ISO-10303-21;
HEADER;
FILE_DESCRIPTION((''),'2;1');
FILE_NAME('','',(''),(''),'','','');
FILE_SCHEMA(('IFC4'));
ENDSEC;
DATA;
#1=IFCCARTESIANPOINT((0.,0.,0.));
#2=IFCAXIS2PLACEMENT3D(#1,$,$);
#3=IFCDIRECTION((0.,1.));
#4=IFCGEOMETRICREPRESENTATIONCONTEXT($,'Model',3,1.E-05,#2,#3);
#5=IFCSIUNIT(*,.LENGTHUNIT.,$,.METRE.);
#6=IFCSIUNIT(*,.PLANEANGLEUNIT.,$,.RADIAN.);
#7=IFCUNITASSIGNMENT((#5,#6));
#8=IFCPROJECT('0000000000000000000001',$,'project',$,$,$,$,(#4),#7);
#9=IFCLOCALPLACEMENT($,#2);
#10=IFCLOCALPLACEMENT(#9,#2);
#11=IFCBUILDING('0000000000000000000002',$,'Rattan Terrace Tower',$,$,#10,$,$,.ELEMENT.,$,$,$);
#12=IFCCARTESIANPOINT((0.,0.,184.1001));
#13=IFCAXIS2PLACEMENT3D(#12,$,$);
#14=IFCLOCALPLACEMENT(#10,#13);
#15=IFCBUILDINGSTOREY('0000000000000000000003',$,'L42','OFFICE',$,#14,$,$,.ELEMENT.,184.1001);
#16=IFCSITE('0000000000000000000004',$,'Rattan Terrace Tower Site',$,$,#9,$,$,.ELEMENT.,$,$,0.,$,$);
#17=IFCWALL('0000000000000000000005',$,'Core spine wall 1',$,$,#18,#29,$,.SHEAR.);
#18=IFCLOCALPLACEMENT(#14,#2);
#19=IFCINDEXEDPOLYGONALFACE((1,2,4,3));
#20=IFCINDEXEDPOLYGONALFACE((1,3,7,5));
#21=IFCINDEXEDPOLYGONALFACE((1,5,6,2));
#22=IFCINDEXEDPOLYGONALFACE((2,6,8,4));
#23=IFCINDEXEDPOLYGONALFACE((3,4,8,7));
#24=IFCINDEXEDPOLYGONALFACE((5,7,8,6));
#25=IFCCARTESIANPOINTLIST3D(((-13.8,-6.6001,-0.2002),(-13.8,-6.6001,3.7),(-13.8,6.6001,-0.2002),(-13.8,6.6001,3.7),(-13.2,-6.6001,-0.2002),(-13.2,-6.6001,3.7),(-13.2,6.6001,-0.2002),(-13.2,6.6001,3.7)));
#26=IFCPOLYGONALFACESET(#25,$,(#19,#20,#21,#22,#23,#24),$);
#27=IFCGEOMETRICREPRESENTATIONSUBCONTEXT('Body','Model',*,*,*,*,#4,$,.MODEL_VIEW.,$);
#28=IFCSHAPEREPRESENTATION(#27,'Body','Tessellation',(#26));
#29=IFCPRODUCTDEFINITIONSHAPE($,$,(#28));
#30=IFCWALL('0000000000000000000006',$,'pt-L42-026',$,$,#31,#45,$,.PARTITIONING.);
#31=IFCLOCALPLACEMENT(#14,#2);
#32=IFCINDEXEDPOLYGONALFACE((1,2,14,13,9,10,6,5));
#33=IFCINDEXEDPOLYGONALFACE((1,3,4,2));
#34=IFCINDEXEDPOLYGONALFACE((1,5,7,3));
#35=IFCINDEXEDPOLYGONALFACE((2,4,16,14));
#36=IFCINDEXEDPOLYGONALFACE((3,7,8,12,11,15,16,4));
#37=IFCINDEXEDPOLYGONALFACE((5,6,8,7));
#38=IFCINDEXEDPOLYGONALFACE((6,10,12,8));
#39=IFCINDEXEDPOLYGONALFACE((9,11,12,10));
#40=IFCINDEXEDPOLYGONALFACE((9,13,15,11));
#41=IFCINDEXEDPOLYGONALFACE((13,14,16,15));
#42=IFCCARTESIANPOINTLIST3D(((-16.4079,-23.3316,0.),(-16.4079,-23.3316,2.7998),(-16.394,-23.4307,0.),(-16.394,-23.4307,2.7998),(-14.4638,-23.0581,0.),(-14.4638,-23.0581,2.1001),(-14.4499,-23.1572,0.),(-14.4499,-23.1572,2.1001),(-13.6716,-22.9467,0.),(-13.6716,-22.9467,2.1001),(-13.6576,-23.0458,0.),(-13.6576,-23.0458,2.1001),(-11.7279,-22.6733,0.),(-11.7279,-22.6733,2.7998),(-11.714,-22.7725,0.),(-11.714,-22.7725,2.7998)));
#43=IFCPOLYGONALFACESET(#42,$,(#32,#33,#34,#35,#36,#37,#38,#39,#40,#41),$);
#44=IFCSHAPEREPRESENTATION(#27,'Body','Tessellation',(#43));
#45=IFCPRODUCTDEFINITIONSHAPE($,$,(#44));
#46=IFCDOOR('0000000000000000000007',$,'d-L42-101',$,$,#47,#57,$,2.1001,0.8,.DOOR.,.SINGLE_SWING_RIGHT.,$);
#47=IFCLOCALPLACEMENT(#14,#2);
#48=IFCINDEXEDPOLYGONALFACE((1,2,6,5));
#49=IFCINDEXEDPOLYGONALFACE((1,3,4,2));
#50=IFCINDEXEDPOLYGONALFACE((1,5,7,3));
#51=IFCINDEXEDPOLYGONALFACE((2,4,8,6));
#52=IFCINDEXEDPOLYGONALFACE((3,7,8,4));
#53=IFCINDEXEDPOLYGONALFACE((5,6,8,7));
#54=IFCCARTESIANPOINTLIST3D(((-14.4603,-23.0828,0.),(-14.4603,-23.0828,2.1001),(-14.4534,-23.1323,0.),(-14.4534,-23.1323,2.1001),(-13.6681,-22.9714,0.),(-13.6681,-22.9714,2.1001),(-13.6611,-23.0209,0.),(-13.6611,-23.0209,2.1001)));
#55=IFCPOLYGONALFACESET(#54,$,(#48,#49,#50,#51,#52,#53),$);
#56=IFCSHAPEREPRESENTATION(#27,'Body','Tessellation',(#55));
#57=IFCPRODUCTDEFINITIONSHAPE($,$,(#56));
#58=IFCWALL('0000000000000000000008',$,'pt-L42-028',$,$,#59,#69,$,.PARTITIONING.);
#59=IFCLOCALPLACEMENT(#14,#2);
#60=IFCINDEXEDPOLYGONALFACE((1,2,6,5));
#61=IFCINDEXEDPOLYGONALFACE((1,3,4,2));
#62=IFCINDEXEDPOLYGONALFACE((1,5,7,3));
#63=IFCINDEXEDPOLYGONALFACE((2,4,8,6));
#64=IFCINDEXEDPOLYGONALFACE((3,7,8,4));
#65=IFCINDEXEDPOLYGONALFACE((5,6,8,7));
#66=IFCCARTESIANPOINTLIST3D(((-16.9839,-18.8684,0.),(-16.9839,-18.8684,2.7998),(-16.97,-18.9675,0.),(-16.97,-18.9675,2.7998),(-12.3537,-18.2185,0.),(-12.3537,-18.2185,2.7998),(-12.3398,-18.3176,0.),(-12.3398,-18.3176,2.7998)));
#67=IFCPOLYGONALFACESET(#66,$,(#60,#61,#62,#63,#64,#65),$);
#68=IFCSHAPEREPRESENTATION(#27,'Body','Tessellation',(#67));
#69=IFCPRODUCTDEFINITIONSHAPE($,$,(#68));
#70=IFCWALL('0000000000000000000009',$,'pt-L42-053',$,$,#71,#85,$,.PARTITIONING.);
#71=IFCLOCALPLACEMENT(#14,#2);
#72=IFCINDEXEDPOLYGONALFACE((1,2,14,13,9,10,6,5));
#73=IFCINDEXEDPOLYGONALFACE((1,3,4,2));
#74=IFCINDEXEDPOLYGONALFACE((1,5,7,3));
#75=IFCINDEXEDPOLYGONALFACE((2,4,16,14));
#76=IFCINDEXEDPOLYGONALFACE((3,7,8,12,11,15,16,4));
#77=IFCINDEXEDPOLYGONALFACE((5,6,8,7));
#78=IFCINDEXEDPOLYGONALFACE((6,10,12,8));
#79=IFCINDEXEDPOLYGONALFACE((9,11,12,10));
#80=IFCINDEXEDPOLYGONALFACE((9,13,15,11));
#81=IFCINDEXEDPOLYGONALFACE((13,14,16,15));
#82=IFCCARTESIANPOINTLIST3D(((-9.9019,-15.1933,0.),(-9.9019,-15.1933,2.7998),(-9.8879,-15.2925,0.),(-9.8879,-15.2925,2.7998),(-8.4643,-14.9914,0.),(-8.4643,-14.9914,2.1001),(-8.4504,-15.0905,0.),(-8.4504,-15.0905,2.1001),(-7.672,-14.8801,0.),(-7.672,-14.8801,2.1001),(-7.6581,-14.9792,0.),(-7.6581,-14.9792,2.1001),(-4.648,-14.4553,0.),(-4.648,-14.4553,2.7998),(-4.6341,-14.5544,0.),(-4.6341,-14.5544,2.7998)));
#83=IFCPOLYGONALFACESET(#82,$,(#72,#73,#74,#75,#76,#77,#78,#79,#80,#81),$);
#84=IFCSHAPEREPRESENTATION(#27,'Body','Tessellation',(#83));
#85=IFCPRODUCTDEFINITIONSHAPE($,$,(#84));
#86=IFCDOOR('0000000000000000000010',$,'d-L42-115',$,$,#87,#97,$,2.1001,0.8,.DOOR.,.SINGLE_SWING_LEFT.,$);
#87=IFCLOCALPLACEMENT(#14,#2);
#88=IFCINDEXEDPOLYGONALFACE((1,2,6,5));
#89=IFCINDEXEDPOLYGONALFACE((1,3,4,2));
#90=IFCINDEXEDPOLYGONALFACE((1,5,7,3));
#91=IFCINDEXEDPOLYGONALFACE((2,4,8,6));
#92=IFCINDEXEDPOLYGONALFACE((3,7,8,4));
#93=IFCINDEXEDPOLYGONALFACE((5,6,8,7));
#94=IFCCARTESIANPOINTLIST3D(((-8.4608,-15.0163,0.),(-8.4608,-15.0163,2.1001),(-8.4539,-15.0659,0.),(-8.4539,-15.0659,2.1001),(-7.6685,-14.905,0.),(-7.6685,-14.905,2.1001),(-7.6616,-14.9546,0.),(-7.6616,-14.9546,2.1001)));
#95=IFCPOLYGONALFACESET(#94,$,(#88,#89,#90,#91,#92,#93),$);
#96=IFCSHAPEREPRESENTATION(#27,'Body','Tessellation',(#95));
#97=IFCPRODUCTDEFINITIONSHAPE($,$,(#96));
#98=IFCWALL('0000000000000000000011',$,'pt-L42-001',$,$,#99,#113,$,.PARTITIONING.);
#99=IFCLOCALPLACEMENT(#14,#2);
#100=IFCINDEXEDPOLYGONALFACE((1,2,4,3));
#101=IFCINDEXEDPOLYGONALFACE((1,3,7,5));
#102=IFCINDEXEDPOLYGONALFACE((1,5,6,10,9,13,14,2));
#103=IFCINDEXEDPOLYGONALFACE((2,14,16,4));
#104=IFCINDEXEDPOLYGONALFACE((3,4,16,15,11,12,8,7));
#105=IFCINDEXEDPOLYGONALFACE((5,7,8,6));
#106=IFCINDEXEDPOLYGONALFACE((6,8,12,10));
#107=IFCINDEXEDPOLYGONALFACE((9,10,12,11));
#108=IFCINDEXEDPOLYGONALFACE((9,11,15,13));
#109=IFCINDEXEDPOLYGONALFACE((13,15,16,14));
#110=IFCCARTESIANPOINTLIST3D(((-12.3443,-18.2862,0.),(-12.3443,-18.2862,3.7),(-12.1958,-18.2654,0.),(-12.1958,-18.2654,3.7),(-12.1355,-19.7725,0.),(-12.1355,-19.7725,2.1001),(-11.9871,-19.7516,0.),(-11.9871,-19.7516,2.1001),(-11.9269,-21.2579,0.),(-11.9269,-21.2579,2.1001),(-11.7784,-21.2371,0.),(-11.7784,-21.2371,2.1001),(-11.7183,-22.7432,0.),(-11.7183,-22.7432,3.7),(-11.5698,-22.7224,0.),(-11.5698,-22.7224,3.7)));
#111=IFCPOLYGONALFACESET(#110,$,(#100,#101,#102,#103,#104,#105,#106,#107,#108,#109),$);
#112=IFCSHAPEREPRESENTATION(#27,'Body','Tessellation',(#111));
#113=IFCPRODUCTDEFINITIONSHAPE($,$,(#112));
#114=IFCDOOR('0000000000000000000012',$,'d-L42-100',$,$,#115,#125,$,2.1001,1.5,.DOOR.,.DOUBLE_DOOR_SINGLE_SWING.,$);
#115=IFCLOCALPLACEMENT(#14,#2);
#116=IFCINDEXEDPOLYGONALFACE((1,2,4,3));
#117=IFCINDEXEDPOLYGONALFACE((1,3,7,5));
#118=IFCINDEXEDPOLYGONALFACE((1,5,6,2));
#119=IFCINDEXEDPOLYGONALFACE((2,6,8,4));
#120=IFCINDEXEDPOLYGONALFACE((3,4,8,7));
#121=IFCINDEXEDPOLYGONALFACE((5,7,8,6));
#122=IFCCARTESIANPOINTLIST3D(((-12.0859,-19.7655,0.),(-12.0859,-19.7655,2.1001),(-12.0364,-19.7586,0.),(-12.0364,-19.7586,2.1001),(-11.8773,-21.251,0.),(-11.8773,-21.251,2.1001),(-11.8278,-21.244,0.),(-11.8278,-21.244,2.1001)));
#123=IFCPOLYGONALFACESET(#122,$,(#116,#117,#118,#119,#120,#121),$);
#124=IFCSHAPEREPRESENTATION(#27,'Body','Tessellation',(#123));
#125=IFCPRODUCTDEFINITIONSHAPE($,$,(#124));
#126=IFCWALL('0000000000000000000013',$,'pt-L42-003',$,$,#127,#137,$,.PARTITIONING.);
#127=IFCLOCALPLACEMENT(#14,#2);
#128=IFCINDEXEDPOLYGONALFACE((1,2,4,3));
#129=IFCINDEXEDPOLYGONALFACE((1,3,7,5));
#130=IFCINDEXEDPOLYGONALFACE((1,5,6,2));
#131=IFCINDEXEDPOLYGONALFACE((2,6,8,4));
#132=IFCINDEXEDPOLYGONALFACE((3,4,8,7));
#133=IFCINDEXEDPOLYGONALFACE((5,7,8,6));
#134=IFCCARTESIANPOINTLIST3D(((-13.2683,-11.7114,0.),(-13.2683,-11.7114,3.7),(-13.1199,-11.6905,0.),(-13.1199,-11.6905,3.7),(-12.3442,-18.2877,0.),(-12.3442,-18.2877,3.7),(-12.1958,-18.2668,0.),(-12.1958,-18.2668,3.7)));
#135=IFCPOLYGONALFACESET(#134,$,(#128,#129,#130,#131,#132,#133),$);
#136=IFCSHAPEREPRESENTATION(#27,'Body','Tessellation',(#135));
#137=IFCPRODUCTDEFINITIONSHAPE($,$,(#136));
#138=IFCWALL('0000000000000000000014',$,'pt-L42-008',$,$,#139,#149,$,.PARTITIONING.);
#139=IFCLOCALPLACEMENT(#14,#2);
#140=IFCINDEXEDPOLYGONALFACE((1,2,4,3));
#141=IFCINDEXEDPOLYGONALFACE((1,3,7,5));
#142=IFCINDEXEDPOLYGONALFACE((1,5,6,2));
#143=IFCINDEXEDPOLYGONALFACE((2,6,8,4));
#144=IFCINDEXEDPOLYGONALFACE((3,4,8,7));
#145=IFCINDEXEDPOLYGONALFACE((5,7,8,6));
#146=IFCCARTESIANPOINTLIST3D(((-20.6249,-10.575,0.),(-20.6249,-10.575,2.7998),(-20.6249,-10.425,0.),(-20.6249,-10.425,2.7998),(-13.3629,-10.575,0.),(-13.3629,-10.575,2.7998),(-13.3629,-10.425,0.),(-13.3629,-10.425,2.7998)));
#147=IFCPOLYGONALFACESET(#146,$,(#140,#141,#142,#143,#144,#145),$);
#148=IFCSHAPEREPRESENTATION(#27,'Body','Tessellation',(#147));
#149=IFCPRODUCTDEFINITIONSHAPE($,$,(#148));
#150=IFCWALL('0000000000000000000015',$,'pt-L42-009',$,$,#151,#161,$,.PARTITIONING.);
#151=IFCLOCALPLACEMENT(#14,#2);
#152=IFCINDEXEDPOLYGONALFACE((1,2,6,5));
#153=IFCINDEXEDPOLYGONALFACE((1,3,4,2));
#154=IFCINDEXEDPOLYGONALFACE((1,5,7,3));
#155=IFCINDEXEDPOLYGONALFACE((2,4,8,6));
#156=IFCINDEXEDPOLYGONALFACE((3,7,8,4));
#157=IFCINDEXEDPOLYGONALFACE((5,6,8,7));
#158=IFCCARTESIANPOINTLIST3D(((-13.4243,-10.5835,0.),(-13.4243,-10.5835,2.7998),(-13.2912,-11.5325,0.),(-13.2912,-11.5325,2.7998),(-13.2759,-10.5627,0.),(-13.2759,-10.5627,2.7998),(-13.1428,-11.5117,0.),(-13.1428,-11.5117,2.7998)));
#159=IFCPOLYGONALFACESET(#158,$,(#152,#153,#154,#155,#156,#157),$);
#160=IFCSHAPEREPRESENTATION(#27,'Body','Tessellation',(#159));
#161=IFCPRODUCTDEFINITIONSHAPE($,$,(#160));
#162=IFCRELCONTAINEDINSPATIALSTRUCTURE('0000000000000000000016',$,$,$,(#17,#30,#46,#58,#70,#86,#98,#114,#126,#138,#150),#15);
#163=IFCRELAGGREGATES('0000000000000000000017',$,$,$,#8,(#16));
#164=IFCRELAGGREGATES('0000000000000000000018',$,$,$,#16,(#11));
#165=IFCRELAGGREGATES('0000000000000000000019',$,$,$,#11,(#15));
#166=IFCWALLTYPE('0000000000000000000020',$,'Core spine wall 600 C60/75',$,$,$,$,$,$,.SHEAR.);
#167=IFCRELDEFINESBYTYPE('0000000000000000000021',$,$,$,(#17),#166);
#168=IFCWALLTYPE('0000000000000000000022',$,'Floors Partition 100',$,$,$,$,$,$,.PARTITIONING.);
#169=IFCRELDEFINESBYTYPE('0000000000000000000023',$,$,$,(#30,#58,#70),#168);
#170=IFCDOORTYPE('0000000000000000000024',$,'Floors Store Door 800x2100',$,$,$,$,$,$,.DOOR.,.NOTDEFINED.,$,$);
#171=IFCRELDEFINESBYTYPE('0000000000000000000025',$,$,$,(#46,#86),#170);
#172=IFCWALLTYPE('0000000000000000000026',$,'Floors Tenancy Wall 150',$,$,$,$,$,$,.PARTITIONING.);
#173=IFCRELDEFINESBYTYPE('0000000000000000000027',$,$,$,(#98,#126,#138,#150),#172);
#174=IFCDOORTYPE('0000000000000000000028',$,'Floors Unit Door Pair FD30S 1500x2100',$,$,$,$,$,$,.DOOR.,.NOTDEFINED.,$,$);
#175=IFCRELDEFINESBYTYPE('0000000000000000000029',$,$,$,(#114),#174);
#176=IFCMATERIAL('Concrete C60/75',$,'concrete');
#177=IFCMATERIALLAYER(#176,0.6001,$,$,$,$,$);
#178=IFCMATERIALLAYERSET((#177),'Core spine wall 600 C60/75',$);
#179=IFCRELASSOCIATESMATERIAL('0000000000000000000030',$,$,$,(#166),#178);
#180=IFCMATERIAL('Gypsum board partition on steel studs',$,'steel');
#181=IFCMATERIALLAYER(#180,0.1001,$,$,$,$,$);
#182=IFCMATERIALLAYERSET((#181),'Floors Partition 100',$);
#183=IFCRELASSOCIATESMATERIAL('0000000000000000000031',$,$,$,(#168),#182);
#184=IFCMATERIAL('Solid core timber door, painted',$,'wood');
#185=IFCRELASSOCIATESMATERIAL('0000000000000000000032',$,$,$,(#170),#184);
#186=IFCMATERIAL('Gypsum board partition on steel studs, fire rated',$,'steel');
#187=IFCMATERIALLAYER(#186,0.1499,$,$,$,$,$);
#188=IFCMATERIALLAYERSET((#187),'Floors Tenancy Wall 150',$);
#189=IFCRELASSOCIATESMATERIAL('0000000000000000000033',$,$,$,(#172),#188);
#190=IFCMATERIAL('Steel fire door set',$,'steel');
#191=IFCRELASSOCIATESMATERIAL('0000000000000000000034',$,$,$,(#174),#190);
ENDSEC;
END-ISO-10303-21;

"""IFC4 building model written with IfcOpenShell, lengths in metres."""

from ifc_helpers import new_model, si_unit, direction, frame, frame_2d, origin, place, context, subcontext, project, spatial, rectangle, extrude, material, layer, layer_set, type_object, element, fill, save


model = new_model("IFC4")

# Units and contexts
model_context = context("Model", 3, precision=1e-05, world=origin(), true_north=direction((0.0, 1.0)))
body_context = subcontext(model_context, "Body", "Model", "MODEL_VIEW")
ifc_project = project(units=[si_unit("LENGTHUNIT", "METRE"), si_unit("PLANEANGLEUNIT", "RADIAN")], contexts=[model_context])

# Site, building, storey
site_placement = place(None, origin())
site = spatial("IfcSite", under=ifc_project, at=site_placement, Name="Rattan Terrace Tower Site", CompositionType="ELEMENT", RefElevation=0.0)
building_placement = place(site_placement, origin())
building = spatial("IfcBuilding", under=site, at=building_placement, Name="Rattan Terrace Tower", CompositionType="ELEMENT")
storey_placement = place(building_placement, frame((0.0, 0.0, 184.1001)))
storey = spatial("IfcBuildingStorey", under=building, at=storey_placement, Name="L42", Description="OFFICE", CompositionType="ELEMENT", Elevation=184.1001)

# Wall
ifc_material_1 = material(Name="Concrete C60/75", Category="concrete")
ifc_layer_1 = layer(ifc_material_1, 0.6001)
ifc_layer_set_1 = layer_set([ifc_layer_1], Name="Core spine wall 600 C60/75")
wall_type_1 = type_object("IfcWallType", Name="Core spine wall 600 C60/75", PredefinedType="SHEAR", material=ifc_layer_set_1)
wall_1_placement = place(storey_placement, frame((-13.5, -6.6001, -0.2002), z_axis=(0.0, 0.0, 1.0), x_axis=(0.0, 1.0, 0.0)))
element("IfcWall", 1, at=wall_1_placement, inside=storey, type_object=wall_type_1, Name="Core spine wall 1", PredefinedType="SHEAR", context=body_context, shape_type="SweptSolid", body=[
    extrude(rectangle(XDim=13.2002, YDim=0.6001, at=frame_2d((6.6001, 0.0))), origin(), (0.0, 0.0, 1.0), 3.9001),
])

# Wall, opening, door
ifc_material_2 = material(Name="Gypsum board partition on steel studs", Category="steel")
ifc_layer_2 = layer(ifc_material_2, 0.1001)
ifc_layer_set_2 = layer_set([ifc_layer_2], Name="Floors Partition 100")
wall_type_2 = type_object("IfcWallType", Name="Floors Partition 100", PredefinedType="PARTITIONING", material=ifc_layer_set_2)
wall_2_placement = place(storey_placement, frame((-11.7209, -22.7229, 0.0), z_axis=(0.0, 0.0, 1.0), x_axis=(-0.990254, -0.139273, 0.0)))
wall_2 = element("IfcWall", 2, at=wall_2_placement, inside=storey, type_object=wall_type_2, Name="pt-L42-026", PredefinedType="PARTITIONING", context=body_context, shape_type="SweptSolid", body=[
    extrude(rectangle(XDim=4.7261, YDim=0.1001, at=frame_2d((2.363, 0.0))), origin(), (0.0, 0.0, 1.0), 2.7998),
])
opening_1_placement = place(wall_2_placement, frame((1.9629, 0.0, 0.0)))
opening_1 = element("IfcOpeningElement", 3, at=opening_1_placement, cuts=wall_2, PredefinedType="OPENING", context=body_context, shape_type="SweptSolid", body=[
    extrude(rectangle(XDim=0.8, YDim=2.1001, at=frame_2d((0.3999, 1.05))), frame((0.0, 0.0605, 0.0), z_axis=(0.0, -1.0, 0.0), x_axis=(1.0, 0.0, 0.0)), (0.0, 0.0, 1.0), 0.1211),
])
ifc_material_3 = material(Name="Solid core timber door, painted", Category="wood")
door_type_1 = type_object("IfcDoorType", Name="Floors Store Door 800x2100", OperationType="NOTDEFINED", PredefinedType="DOOR", material=ifc_material_3)
door_1_placement = place(opening_1_placement, origin())
door_1 = element("IfcDoor", 4, at=door_1_placement, inside=storey, type_object=door_type_1, Name="d-L42-101", OperationType="SINGLE_SWING_RIGHT", OverallHeight=2.1001, OverallWidth=0.8, PredefinedType="DOOR", context=body_context, shape_type="SweptSolid", body=[
    extrude(rectangle(XDim=0.8, YDim=2.1001, at=frame_2d((0.3999, 1.05))), frame((0.0, 0.0249, 0.0), z_axis=(0.0, -1.0, 0.0), x_axis=(1.0, 0.0, 0.0)), (0.0, 0.0, 1.0), 0.05),
])
fill(opening_1, door_1)

# Wall
wall_3_placement = place(storey_placement, frame((-16.9771, -18.918, 0.0), z_axis=(0.0, 0.0, 1.0), x_axis=(0.990292, 0.139001, 0.0)))
element("IfcWall", 5, at=wall_3_placement, inside=storey, type_object=wall_type_2, Name="pt-L42-028", PredefinedType="PARTITIONING", context=body_context, shape_type="SweptSolid", body=[
    extrude(rectangle(XDim=4.6755, YDim=0.1001, at=frame_2d((2.3379, 0.0))), origin(), (0.0, 0.0, 1.0), 2.7998),
])

# Walls, openings, doors
wall_4_placement = place(storey_placement, frame((-9.895, -15.2429, 0.0), z_axis=(0.0, 0.0, 1.0), x_axis=(0.990277, 0.139108, 0.0)))
wall_4 = element("IfcWall", 6, at=wall_4_placement, inside=storey, type_object=wall_type_2, Name="pt-L42-053", PredefinedType="PARTITIONING", context=body_context, shape_type="SweptSolid", body=[
    extrude(rectangle(XDim=5.3054, YDim=0.1001, at=frame_2d((2.6528, 0.0))), origin(), (0.0, 0.0, 1.0), 2.7998),
])
opening_2_placement = place(wall_4_placement, frame((1.4519, 0.0, 0.0)))
opening_2 = element("IfcOpeningElement", 7, at=opening_2_placement, cuts=wall_4, PredefinedType="OPENING", context=body_context, shape_type="SweptSolid", body=[
    extrude(rectangle(XDim=0.8, YDim=2.1001, at=frame_2d((0.3999, 1.05))), frame((0.0, 0.0605, 0.0), z_axis=(0.0, -1.0, 0.0), x_axis=(1.0, 0.0, 0.0)), (0.0, 0.0, 1.0), 0.1211),
])
door_2_placement = place(opening_2_placement, origin())
door_2 = element("IfcDoor", 8, at=door_2_placement, inside=storey, type_object=door_type_1, Name="d-L42-115", OperationType="SINGLE_SWING_LEFT", OverallHeight=2.1001, OverallWidth=0.8, PredefinedType="DOOR", context=body_context, shape_type="SweptSolid", body=[
    extrude(rectangle(XDim=0.8, YDim=2.1001, at=frame_2d((0.3999, 1.05))), frame((0.0, 0.0249, 0.0), z_axis=(0.0, -1.0, 0.0), x_axis=(1.0, 0.0, 0.0)), (0.0, 0.0, 1.0), 0.05),
])
fill(opening_2, door_2)
ifc_material_4 = material(Name="Gypsum board partition on steel studs, fire rated", Category="steel")
ifc_layer_3 = layer(ifc_material_4, 0.1499)
ifc_layer_set_3 = layer_set([ifc_layer_3], Name="Floors Tenancy Wall 150")
wall_type_3 = type_object("IfcWallType", Name="Floors Tenancy Wall 150", PredefinedType="PARTITIONING", material=ifc_layer_set_3)
wall_5_placement = place(storey_placement, frame((-11.644, -22.7329, 0.0), z_axis=(0.0, 0.0, 1.0), x_axis=(-0.139082, 0.990281, 0.0)))
wall_5 = element("IfcWall", 9, at=wall_5_placement, inside=storey, type_object=wall_type_3, Name="pt-L42-001", PredefinedType="PARTITIONING", context=body_context, shape_type="SweptSolid", body=[
    extrude(rectangle(XDim=4.5007, YDim=0.1499, at=frame_2d((2.2505, 0.0))), origin(), (0.0, 0.0, 1.0), 3.7),
])
opening_3_placement = place(wall_5_placement, frame((1.5, 0.0, 0.0)))
opening_3 = element("IfcOpeningElement", 10, at=opening_3_placement, cuts=wall_5, PredefinedType="OPENING", context=body_context, shape_type="SweptSolid", body=[
    extrude(rectangle(XDim=1.5, YDim=2.1001, at=frame_2d((0.75, 1.05))), frame((0.0, 0.0854, 0.0), z_axis=(0.0, -1.0, 0.0), x_axis=(1.0, 0.0, 0.0)), (0.0, 0.0, 1.0), 0.1709),
])
ifc_material_5 = material(Name="Steel fire door set", Category="steel")
door_type_2 = type_object("IfcDoorType", Name="Floors Unit Door Pair FD30S 1500x2100", OperationType="NOTDEFINED", PredefinedType="DOOR", material=ifc_material_5)
door_3_placement = place(opening_3_placement, origin())
door_3 = element("IfcDoor", 11, at=door_3_placement, inside=storey, type_object=door_type_2, Name="d-L42-100", OperationType="DOUBLE_DOOR_SINGLE_SWING", OverallHeight=2.1001, OverallWidth=1.5, PredefinedType="DOOR", context=body_context, shape_type="SweptSolid", body=[
    extrude(rectangle(XDim=1.5, YDim=2.1001, at=frame_2d((0.75, 1.05))), frame((0.0, 0.0249, 0.0), z_axis=(0.0, -1.0, 0.0), x_axis=(1.0, 0.0, 0.0)), (0.0, 0.0, 1.0), 0.05),
])
fill(opening_3, door_3)

# Walls
wall_6_placement = place(storey_placement, frame((-12.27, -18.2771, 0.0), z_axis=(0.0, 0.0, 1.0), x_axis=(-0.139151, 0.990271, 0.0)))
element("IfcWall", 12, at=wall_6_placement, inside=storey, type_object=wall_type_3, Name="pt-L42-003", PredefinedType="PARTITIONING", context=body_context, shape_type="SweptSolid", body=[
    extrude(rectangle(XDim=6.6409, YDim=0.1499, at=frame_2d((3.3203, 0.0))), origin(), (0.0, 0.0, 1.0), 3.7),
])
wall_7_placement = place(storey_placement, frame((-13.363, -10.5, 0.0), z_axis=(0.0, 0.0, 1.0), x_axis=(-1.0, 0.0, 0.0)))
element("IfcWall", 13, at=wall_7_placement, inside=storey, type_object=wall_type_3, Name="pt-L42-008", PredefinedType="PARTITIONING", context=body_context, shape_type="SweptSolid", body=[
    extrude(rectangle(XDim=7.262, YDim=0.1499, at=frame_2d((3.6309, 0.0))), origin(), (0.0, 0.0, 1.0), 2.7998),
])
wall_8_placement = place(storey_placement, frame((-13.217, -11.522, 0.0), z_axis=(0.0, 0.0, 1.0), x_axis=(-0.138853, 0.990313, 0.0)))
element("IfcWall", 14, at=wall_8_placement, inside=storey, type_object=wall_type_3, Name="pt-L42-009", PredefinedType="PARTITIONING", context=body_context, shape_type="SweptSolid", body=[
    extrude(rectangle(XDim=0.9583, YDim=0.1499, at=frame_2d((0.479, 0.0))), origin(), (0.0, 0.0, 1.0), 2.7998),
])

save(model, "model.ifc")
